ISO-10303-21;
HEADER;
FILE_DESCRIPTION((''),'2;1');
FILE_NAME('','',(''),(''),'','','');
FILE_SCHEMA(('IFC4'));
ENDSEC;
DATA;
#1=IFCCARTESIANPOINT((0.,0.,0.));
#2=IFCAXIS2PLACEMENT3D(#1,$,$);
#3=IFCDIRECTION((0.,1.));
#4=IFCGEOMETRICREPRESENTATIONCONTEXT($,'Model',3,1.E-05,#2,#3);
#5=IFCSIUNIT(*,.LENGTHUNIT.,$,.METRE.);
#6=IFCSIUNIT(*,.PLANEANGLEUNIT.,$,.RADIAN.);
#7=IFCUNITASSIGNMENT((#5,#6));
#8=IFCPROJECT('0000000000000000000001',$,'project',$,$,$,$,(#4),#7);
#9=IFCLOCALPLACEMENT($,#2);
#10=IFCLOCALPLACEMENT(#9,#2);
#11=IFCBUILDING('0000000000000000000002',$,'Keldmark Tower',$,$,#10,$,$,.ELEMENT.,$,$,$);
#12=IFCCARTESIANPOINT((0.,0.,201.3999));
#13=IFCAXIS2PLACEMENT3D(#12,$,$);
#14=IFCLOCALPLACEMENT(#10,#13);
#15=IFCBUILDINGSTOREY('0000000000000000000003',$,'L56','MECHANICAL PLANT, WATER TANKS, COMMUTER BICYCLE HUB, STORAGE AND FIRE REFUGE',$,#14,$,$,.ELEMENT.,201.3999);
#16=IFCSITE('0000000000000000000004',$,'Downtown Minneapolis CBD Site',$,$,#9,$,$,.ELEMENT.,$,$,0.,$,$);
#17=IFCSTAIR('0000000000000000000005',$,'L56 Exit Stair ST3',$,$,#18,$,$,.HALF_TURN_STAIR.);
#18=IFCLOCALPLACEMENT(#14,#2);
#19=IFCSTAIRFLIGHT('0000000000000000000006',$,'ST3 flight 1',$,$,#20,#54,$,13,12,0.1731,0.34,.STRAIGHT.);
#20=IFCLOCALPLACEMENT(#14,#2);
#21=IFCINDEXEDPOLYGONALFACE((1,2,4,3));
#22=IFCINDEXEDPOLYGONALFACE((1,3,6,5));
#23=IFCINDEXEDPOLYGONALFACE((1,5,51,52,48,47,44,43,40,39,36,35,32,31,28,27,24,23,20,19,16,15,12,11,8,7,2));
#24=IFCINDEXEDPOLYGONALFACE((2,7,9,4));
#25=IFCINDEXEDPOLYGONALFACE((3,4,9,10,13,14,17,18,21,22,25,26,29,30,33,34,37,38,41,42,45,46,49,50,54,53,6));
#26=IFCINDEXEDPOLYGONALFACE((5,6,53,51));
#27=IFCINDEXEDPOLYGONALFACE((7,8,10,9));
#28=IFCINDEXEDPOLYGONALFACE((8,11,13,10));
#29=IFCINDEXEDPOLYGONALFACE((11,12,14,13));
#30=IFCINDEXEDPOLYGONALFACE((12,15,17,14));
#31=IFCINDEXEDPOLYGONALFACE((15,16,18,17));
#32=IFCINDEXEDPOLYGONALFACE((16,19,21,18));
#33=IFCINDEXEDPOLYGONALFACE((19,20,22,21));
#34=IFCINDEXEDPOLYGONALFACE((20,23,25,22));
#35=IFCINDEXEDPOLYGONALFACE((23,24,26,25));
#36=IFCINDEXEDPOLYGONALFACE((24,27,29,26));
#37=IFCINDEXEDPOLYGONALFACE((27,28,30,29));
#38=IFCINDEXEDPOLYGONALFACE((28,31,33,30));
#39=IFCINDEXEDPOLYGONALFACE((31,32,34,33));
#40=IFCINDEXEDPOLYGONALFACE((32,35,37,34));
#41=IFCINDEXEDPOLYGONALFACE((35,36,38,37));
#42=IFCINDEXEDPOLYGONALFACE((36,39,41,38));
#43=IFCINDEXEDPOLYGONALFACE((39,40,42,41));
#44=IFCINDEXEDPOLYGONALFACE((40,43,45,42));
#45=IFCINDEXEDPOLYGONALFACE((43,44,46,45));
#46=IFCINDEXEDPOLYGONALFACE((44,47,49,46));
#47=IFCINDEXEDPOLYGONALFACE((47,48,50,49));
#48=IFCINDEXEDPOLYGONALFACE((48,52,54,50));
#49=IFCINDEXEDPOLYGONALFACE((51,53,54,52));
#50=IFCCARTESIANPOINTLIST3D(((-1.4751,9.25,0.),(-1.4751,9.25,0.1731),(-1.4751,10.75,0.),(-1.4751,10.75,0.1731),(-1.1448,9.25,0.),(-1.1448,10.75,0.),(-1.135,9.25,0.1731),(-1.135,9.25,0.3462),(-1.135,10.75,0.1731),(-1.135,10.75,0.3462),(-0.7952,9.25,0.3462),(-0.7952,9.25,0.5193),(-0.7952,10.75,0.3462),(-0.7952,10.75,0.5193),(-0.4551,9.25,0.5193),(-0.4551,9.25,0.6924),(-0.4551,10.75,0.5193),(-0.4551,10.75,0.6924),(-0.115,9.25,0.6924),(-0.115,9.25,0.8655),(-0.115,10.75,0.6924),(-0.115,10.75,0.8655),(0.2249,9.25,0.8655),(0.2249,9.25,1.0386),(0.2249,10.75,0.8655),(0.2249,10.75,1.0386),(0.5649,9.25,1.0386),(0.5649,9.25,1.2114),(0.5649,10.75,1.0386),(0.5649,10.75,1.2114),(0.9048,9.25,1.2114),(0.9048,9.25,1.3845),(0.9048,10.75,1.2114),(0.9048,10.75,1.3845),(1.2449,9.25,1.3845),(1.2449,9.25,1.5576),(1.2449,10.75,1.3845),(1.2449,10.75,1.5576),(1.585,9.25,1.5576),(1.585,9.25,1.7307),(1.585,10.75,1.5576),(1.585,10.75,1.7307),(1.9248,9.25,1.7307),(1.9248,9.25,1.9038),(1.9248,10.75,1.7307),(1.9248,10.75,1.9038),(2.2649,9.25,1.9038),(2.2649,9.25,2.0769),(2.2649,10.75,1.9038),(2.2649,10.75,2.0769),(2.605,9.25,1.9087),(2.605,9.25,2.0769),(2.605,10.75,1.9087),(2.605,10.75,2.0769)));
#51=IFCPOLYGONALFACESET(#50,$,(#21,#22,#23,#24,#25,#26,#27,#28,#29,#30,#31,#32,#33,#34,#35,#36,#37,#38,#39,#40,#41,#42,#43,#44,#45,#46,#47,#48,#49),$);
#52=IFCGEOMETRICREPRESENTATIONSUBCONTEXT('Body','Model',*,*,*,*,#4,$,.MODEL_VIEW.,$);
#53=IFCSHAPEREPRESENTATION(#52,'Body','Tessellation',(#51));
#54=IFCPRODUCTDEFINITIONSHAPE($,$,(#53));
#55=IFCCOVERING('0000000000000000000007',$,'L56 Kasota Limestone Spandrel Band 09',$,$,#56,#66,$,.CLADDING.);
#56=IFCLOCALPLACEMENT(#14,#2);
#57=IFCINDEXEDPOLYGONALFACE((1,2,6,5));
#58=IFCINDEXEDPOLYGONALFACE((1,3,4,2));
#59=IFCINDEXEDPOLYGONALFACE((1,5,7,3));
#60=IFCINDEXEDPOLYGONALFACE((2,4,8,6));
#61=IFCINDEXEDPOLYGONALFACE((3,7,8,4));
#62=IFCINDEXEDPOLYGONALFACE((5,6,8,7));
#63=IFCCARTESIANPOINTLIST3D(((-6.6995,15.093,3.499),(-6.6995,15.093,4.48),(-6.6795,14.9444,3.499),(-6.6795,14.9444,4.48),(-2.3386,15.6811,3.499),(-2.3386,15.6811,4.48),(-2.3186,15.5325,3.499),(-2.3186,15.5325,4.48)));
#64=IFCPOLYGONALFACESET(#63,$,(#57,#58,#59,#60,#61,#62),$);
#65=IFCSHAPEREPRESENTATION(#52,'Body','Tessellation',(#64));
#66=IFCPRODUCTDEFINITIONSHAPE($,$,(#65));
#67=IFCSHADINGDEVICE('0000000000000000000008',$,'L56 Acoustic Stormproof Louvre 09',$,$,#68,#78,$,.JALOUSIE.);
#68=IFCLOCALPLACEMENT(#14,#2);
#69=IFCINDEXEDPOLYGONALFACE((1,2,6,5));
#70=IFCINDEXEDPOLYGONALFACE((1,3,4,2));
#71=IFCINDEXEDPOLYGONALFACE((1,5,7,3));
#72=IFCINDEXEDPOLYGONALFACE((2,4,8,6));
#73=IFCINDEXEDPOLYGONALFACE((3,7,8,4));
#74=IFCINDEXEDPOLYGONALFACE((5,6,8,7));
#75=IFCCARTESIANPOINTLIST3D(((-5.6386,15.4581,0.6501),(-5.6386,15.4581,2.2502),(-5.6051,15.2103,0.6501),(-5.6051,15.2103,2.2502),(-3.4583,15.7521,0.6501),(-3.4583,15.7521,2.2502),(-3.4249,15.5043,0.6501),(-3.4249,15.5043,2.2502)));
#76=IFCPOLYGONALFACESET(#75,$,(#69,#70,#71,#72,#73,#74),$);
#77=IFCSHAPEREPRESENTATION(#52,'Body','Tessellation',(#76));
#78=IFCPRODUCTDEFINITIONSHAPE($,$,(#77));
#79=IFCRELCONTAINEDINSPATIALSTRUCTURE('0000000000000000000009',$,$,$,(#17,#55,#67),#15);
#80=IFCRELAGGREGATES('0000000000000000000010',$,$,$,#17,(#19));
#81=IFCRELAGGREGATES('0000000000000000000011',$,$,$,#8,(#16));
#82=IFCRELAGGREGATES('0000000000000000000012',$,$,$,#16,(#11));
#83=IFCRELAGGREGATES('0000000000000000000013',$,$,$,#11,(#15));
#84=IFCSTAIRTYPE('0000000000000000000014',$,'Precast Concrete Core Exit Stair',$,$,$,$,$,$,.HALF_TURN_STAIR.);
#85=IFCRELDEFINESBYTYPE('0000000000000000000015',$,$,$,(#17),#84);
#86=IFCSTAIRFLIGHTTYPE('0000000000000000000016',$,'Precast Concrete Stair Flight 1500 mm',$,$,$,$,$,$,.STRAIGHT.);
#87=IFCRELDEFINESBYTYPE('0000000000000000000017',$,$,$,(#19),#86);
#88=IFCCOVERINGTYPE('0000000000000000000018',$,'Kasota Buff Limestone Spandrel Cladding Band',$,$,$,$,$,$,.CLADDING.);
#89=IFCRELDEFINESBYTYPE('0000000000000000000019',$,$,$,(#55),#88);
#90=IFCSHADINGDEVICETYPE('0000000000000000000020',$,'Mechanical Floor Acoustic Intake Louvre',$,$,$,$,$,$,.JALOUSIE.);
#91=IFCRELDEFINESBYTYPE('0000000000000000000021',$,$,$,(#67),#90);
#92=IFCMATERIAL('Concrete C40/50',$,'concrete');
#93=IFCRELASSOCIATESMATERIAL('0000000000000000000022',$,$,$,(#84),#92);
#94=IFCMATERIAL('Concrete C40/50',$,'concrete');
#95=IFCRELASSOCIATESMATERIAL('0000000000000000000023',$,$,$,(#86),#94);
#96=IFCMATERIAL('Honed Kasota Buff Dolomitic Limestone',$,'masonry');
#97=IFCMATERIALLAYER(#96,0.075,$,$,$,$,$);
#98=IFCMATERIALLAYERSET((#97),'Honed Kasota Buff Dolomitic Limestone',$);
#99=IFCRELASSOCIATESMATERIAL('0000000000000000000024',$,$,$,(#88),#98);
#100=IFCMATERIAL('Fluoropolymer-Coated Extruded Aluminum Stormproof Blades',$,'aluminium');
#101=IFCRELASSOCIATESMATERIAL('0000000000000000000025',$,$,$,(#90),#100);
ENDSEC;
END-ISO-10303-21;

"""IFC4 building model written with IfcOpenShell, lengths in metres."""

from ifc_helpers import new_model, si_unit, direction, frame, origin, origin_2d, place, context, subcontext, project, spatial, polyline, rectangle, outline, extrude, material, layer, layer_set, type_object, element, aggregate, save


model = new_model("IFC4")

# Units and contexts
model_context = context("Model", 3, precision=1e-05, world=origin(), true_north=direction((0.0, 1.0)))
body_context = subcontext(model_context, "Body", "Model", "MODEL_VIEW")
ifc_project = project(units=[si_unit("LENGTHUNIT", "METRE"), si_unit("PLANEANGLEUNIT", "RADIAN")], contexts=[model_context])

# Site, building, storey
site_placement = place(None, origin())
site = spatial("IfcSite", under=ifc_project, at=site_placement, Name="Downtown Minneapolis CBD Site", CompositionType="ELEMENT", RefElevation=0.0)
building_placement = place(site_placement, origin())
building = spatial("IfcBuilding", under=site, at=building_placement, Name="Keldmark Tower", CompositionType="ELEMENT")
storey_placement = place(building_placement, frame((0.0, 0.0, 201.3999)))
storey = spatial("IfcBuildingStorey", under=building, at=storey_placement, Name="L56", Description="MECHANICAL PLANT, WATER TANKS, COMMUTER BICYCLE HUB, STORAGE AND FIRE REFUGE", CompositionType="ELEMENT", Elevation=201.3999)

# Stair, stair flight
ifc_material_1 = material(Name="Concrete C40/50", Category="concrete")
stair_type = type_object("IfcStairType", Name="Precast Concrete Core Exit Stair", PredefinedType="HALF_TURN_STAIR", material=ifc_material_1)
stair_placement = place(storey_placement, origin())
stair = element("IfcStair", 1, at=stair_placement, inside=storey, type_object=stair_type, Name="L56 Exit Stair ST3", PredefinedType="HALF_TURN_STAIR")
ifc_material_2 = material(Name="Concrete C40/50", Category="concrete")
stair_flight_type = type_object("IfcStairFlightType", Name="Precast Concrete Stair Flight 1500 mm", PredefinedType="STRAIGHT", material=ifc_material_2)
stair_flight_placement = place(storey_placement, frame((-1.4751, 10.0, 0.0), z_axis=(0.0, 0.0, 1.0), x_axis=(1.0, 0.0, 0.0)))
stair_flight = element("IfcStairFlight", 2, at=stair_flight_placement, type_object=stair_flight_type, Name="ST3 flight 1", NumberOfRisers=13, NumberOfTreads=12, PredefinedType="STRAIGHT", RiserHeight=0.1731, TreadLength=0.34, context=body_context, shape_type="SweptSolid", body=[
    extrude(outline(polyline([(0.0, 0.0), (0.0, 0.1731), (0.3401, 0.1731), (0.3401, 0.3462), (0.6799, 0.3462), (0.6799, 0.5193), (1.02, 0.5193), (1.02, 0.6924), (1.3601, 0.6924), (1.3601, 0.8655), (1.7, 0.8655), (1.7, 1.0386), (2.04, 1.0386), (2.04, 1.2114), (2.3799, 1.2114), (2.3799, 1.3845), (2.72, 1.3845), (2.72, 1.5576), (3.0601, 1.5576), (3.0601, 1.7307), (3.3999, 1.7307), (3.3999, 1.9038), (3.74, 1.9038), (3.74, 2.0769), (4.0801, 2.0769), (4.0801, 2.25), (4.0801, 1.9087), (0.3303, 0.0), (0.0, 0.0)])), frame((0.0, 0.75, 0.0), z_axis=(0.0, -1.0, 0.0), x_axis=(1.0, 0.0, 0.0)), (0.0, 0.0, 1.0), 1.5),
])
aggregate(stair, [stair_flight])

# Covering
ifc_material_3 = material(Name="Honed Kasota Buff Dolomitic Limestone", Category="masonry")
ifc_layer_1 = layer(ifc_material_3, 0.075)
ifc_layer_set_1 = layer_set([ifc_layer_1], Name="Honed Kasota Buff Dolomitic Limestone")
covering_type = type_object("IfcCoveringType", Name="Kasota Buff Limestone Spandrel Cladding Band", PredefinedType="CLADDING", material=ifc_layer_set_1)
covering_placement = place(storey_placement, frame((-4.509, 15.3127, 3.499), z_axis=(0.0, 0.0, 1.0), x_axis=(-0.991028, -0.133658, 0.0)))
element("IfcCovering", 3, at=covering_placement, inside=storey, type_object=covering_type, Name="L56 Kasota Limestone Spandrel Band 09", PredefinedType="CLADDING", context=body_context, shape_type="SweptSolid", body=[
    extrude(rectangle(XDim=4.4004, YDim=0.1499, at=origin_2d()), origin(), (0.0, 0.0, 1.0), 0.981),
])

# Shading device
ifc_material_4 = material(Name="Fluoropolymer-Coated Extruded Aluminum Stormproof Blades", Category="aluminium")
shading_device_type = type_object("IfcShadingDeviceType", Name="Mechanical Floor Acoustic Intake Louvre", PredefinedType="JALOUSIE", material=ifc_material_4)
shading_device_placement = place(storey_placement, frame((-4.5317, 15.4812, 0.6501), z_axis=(0.0, 0.0, 1.0), x_axis=(-0.991028, -0.133658, 0.0)))
element("IfcShadingDevice", 4, at=shading_device_placement, inside=storey, type_object=shading_device_type, Name="L56 Acoustic Stormproof Louvre 09", PredefinedType="JALOUSIE", context=body_context, shape_type="SweptSolid", body=[
    extrude(rectangle(XDim=2.2, YDim=0.25, at=origin_2d()), origin(), (0.0, 0.0, 1.0), 1.6001),
])

save(model, "model.ifc")
